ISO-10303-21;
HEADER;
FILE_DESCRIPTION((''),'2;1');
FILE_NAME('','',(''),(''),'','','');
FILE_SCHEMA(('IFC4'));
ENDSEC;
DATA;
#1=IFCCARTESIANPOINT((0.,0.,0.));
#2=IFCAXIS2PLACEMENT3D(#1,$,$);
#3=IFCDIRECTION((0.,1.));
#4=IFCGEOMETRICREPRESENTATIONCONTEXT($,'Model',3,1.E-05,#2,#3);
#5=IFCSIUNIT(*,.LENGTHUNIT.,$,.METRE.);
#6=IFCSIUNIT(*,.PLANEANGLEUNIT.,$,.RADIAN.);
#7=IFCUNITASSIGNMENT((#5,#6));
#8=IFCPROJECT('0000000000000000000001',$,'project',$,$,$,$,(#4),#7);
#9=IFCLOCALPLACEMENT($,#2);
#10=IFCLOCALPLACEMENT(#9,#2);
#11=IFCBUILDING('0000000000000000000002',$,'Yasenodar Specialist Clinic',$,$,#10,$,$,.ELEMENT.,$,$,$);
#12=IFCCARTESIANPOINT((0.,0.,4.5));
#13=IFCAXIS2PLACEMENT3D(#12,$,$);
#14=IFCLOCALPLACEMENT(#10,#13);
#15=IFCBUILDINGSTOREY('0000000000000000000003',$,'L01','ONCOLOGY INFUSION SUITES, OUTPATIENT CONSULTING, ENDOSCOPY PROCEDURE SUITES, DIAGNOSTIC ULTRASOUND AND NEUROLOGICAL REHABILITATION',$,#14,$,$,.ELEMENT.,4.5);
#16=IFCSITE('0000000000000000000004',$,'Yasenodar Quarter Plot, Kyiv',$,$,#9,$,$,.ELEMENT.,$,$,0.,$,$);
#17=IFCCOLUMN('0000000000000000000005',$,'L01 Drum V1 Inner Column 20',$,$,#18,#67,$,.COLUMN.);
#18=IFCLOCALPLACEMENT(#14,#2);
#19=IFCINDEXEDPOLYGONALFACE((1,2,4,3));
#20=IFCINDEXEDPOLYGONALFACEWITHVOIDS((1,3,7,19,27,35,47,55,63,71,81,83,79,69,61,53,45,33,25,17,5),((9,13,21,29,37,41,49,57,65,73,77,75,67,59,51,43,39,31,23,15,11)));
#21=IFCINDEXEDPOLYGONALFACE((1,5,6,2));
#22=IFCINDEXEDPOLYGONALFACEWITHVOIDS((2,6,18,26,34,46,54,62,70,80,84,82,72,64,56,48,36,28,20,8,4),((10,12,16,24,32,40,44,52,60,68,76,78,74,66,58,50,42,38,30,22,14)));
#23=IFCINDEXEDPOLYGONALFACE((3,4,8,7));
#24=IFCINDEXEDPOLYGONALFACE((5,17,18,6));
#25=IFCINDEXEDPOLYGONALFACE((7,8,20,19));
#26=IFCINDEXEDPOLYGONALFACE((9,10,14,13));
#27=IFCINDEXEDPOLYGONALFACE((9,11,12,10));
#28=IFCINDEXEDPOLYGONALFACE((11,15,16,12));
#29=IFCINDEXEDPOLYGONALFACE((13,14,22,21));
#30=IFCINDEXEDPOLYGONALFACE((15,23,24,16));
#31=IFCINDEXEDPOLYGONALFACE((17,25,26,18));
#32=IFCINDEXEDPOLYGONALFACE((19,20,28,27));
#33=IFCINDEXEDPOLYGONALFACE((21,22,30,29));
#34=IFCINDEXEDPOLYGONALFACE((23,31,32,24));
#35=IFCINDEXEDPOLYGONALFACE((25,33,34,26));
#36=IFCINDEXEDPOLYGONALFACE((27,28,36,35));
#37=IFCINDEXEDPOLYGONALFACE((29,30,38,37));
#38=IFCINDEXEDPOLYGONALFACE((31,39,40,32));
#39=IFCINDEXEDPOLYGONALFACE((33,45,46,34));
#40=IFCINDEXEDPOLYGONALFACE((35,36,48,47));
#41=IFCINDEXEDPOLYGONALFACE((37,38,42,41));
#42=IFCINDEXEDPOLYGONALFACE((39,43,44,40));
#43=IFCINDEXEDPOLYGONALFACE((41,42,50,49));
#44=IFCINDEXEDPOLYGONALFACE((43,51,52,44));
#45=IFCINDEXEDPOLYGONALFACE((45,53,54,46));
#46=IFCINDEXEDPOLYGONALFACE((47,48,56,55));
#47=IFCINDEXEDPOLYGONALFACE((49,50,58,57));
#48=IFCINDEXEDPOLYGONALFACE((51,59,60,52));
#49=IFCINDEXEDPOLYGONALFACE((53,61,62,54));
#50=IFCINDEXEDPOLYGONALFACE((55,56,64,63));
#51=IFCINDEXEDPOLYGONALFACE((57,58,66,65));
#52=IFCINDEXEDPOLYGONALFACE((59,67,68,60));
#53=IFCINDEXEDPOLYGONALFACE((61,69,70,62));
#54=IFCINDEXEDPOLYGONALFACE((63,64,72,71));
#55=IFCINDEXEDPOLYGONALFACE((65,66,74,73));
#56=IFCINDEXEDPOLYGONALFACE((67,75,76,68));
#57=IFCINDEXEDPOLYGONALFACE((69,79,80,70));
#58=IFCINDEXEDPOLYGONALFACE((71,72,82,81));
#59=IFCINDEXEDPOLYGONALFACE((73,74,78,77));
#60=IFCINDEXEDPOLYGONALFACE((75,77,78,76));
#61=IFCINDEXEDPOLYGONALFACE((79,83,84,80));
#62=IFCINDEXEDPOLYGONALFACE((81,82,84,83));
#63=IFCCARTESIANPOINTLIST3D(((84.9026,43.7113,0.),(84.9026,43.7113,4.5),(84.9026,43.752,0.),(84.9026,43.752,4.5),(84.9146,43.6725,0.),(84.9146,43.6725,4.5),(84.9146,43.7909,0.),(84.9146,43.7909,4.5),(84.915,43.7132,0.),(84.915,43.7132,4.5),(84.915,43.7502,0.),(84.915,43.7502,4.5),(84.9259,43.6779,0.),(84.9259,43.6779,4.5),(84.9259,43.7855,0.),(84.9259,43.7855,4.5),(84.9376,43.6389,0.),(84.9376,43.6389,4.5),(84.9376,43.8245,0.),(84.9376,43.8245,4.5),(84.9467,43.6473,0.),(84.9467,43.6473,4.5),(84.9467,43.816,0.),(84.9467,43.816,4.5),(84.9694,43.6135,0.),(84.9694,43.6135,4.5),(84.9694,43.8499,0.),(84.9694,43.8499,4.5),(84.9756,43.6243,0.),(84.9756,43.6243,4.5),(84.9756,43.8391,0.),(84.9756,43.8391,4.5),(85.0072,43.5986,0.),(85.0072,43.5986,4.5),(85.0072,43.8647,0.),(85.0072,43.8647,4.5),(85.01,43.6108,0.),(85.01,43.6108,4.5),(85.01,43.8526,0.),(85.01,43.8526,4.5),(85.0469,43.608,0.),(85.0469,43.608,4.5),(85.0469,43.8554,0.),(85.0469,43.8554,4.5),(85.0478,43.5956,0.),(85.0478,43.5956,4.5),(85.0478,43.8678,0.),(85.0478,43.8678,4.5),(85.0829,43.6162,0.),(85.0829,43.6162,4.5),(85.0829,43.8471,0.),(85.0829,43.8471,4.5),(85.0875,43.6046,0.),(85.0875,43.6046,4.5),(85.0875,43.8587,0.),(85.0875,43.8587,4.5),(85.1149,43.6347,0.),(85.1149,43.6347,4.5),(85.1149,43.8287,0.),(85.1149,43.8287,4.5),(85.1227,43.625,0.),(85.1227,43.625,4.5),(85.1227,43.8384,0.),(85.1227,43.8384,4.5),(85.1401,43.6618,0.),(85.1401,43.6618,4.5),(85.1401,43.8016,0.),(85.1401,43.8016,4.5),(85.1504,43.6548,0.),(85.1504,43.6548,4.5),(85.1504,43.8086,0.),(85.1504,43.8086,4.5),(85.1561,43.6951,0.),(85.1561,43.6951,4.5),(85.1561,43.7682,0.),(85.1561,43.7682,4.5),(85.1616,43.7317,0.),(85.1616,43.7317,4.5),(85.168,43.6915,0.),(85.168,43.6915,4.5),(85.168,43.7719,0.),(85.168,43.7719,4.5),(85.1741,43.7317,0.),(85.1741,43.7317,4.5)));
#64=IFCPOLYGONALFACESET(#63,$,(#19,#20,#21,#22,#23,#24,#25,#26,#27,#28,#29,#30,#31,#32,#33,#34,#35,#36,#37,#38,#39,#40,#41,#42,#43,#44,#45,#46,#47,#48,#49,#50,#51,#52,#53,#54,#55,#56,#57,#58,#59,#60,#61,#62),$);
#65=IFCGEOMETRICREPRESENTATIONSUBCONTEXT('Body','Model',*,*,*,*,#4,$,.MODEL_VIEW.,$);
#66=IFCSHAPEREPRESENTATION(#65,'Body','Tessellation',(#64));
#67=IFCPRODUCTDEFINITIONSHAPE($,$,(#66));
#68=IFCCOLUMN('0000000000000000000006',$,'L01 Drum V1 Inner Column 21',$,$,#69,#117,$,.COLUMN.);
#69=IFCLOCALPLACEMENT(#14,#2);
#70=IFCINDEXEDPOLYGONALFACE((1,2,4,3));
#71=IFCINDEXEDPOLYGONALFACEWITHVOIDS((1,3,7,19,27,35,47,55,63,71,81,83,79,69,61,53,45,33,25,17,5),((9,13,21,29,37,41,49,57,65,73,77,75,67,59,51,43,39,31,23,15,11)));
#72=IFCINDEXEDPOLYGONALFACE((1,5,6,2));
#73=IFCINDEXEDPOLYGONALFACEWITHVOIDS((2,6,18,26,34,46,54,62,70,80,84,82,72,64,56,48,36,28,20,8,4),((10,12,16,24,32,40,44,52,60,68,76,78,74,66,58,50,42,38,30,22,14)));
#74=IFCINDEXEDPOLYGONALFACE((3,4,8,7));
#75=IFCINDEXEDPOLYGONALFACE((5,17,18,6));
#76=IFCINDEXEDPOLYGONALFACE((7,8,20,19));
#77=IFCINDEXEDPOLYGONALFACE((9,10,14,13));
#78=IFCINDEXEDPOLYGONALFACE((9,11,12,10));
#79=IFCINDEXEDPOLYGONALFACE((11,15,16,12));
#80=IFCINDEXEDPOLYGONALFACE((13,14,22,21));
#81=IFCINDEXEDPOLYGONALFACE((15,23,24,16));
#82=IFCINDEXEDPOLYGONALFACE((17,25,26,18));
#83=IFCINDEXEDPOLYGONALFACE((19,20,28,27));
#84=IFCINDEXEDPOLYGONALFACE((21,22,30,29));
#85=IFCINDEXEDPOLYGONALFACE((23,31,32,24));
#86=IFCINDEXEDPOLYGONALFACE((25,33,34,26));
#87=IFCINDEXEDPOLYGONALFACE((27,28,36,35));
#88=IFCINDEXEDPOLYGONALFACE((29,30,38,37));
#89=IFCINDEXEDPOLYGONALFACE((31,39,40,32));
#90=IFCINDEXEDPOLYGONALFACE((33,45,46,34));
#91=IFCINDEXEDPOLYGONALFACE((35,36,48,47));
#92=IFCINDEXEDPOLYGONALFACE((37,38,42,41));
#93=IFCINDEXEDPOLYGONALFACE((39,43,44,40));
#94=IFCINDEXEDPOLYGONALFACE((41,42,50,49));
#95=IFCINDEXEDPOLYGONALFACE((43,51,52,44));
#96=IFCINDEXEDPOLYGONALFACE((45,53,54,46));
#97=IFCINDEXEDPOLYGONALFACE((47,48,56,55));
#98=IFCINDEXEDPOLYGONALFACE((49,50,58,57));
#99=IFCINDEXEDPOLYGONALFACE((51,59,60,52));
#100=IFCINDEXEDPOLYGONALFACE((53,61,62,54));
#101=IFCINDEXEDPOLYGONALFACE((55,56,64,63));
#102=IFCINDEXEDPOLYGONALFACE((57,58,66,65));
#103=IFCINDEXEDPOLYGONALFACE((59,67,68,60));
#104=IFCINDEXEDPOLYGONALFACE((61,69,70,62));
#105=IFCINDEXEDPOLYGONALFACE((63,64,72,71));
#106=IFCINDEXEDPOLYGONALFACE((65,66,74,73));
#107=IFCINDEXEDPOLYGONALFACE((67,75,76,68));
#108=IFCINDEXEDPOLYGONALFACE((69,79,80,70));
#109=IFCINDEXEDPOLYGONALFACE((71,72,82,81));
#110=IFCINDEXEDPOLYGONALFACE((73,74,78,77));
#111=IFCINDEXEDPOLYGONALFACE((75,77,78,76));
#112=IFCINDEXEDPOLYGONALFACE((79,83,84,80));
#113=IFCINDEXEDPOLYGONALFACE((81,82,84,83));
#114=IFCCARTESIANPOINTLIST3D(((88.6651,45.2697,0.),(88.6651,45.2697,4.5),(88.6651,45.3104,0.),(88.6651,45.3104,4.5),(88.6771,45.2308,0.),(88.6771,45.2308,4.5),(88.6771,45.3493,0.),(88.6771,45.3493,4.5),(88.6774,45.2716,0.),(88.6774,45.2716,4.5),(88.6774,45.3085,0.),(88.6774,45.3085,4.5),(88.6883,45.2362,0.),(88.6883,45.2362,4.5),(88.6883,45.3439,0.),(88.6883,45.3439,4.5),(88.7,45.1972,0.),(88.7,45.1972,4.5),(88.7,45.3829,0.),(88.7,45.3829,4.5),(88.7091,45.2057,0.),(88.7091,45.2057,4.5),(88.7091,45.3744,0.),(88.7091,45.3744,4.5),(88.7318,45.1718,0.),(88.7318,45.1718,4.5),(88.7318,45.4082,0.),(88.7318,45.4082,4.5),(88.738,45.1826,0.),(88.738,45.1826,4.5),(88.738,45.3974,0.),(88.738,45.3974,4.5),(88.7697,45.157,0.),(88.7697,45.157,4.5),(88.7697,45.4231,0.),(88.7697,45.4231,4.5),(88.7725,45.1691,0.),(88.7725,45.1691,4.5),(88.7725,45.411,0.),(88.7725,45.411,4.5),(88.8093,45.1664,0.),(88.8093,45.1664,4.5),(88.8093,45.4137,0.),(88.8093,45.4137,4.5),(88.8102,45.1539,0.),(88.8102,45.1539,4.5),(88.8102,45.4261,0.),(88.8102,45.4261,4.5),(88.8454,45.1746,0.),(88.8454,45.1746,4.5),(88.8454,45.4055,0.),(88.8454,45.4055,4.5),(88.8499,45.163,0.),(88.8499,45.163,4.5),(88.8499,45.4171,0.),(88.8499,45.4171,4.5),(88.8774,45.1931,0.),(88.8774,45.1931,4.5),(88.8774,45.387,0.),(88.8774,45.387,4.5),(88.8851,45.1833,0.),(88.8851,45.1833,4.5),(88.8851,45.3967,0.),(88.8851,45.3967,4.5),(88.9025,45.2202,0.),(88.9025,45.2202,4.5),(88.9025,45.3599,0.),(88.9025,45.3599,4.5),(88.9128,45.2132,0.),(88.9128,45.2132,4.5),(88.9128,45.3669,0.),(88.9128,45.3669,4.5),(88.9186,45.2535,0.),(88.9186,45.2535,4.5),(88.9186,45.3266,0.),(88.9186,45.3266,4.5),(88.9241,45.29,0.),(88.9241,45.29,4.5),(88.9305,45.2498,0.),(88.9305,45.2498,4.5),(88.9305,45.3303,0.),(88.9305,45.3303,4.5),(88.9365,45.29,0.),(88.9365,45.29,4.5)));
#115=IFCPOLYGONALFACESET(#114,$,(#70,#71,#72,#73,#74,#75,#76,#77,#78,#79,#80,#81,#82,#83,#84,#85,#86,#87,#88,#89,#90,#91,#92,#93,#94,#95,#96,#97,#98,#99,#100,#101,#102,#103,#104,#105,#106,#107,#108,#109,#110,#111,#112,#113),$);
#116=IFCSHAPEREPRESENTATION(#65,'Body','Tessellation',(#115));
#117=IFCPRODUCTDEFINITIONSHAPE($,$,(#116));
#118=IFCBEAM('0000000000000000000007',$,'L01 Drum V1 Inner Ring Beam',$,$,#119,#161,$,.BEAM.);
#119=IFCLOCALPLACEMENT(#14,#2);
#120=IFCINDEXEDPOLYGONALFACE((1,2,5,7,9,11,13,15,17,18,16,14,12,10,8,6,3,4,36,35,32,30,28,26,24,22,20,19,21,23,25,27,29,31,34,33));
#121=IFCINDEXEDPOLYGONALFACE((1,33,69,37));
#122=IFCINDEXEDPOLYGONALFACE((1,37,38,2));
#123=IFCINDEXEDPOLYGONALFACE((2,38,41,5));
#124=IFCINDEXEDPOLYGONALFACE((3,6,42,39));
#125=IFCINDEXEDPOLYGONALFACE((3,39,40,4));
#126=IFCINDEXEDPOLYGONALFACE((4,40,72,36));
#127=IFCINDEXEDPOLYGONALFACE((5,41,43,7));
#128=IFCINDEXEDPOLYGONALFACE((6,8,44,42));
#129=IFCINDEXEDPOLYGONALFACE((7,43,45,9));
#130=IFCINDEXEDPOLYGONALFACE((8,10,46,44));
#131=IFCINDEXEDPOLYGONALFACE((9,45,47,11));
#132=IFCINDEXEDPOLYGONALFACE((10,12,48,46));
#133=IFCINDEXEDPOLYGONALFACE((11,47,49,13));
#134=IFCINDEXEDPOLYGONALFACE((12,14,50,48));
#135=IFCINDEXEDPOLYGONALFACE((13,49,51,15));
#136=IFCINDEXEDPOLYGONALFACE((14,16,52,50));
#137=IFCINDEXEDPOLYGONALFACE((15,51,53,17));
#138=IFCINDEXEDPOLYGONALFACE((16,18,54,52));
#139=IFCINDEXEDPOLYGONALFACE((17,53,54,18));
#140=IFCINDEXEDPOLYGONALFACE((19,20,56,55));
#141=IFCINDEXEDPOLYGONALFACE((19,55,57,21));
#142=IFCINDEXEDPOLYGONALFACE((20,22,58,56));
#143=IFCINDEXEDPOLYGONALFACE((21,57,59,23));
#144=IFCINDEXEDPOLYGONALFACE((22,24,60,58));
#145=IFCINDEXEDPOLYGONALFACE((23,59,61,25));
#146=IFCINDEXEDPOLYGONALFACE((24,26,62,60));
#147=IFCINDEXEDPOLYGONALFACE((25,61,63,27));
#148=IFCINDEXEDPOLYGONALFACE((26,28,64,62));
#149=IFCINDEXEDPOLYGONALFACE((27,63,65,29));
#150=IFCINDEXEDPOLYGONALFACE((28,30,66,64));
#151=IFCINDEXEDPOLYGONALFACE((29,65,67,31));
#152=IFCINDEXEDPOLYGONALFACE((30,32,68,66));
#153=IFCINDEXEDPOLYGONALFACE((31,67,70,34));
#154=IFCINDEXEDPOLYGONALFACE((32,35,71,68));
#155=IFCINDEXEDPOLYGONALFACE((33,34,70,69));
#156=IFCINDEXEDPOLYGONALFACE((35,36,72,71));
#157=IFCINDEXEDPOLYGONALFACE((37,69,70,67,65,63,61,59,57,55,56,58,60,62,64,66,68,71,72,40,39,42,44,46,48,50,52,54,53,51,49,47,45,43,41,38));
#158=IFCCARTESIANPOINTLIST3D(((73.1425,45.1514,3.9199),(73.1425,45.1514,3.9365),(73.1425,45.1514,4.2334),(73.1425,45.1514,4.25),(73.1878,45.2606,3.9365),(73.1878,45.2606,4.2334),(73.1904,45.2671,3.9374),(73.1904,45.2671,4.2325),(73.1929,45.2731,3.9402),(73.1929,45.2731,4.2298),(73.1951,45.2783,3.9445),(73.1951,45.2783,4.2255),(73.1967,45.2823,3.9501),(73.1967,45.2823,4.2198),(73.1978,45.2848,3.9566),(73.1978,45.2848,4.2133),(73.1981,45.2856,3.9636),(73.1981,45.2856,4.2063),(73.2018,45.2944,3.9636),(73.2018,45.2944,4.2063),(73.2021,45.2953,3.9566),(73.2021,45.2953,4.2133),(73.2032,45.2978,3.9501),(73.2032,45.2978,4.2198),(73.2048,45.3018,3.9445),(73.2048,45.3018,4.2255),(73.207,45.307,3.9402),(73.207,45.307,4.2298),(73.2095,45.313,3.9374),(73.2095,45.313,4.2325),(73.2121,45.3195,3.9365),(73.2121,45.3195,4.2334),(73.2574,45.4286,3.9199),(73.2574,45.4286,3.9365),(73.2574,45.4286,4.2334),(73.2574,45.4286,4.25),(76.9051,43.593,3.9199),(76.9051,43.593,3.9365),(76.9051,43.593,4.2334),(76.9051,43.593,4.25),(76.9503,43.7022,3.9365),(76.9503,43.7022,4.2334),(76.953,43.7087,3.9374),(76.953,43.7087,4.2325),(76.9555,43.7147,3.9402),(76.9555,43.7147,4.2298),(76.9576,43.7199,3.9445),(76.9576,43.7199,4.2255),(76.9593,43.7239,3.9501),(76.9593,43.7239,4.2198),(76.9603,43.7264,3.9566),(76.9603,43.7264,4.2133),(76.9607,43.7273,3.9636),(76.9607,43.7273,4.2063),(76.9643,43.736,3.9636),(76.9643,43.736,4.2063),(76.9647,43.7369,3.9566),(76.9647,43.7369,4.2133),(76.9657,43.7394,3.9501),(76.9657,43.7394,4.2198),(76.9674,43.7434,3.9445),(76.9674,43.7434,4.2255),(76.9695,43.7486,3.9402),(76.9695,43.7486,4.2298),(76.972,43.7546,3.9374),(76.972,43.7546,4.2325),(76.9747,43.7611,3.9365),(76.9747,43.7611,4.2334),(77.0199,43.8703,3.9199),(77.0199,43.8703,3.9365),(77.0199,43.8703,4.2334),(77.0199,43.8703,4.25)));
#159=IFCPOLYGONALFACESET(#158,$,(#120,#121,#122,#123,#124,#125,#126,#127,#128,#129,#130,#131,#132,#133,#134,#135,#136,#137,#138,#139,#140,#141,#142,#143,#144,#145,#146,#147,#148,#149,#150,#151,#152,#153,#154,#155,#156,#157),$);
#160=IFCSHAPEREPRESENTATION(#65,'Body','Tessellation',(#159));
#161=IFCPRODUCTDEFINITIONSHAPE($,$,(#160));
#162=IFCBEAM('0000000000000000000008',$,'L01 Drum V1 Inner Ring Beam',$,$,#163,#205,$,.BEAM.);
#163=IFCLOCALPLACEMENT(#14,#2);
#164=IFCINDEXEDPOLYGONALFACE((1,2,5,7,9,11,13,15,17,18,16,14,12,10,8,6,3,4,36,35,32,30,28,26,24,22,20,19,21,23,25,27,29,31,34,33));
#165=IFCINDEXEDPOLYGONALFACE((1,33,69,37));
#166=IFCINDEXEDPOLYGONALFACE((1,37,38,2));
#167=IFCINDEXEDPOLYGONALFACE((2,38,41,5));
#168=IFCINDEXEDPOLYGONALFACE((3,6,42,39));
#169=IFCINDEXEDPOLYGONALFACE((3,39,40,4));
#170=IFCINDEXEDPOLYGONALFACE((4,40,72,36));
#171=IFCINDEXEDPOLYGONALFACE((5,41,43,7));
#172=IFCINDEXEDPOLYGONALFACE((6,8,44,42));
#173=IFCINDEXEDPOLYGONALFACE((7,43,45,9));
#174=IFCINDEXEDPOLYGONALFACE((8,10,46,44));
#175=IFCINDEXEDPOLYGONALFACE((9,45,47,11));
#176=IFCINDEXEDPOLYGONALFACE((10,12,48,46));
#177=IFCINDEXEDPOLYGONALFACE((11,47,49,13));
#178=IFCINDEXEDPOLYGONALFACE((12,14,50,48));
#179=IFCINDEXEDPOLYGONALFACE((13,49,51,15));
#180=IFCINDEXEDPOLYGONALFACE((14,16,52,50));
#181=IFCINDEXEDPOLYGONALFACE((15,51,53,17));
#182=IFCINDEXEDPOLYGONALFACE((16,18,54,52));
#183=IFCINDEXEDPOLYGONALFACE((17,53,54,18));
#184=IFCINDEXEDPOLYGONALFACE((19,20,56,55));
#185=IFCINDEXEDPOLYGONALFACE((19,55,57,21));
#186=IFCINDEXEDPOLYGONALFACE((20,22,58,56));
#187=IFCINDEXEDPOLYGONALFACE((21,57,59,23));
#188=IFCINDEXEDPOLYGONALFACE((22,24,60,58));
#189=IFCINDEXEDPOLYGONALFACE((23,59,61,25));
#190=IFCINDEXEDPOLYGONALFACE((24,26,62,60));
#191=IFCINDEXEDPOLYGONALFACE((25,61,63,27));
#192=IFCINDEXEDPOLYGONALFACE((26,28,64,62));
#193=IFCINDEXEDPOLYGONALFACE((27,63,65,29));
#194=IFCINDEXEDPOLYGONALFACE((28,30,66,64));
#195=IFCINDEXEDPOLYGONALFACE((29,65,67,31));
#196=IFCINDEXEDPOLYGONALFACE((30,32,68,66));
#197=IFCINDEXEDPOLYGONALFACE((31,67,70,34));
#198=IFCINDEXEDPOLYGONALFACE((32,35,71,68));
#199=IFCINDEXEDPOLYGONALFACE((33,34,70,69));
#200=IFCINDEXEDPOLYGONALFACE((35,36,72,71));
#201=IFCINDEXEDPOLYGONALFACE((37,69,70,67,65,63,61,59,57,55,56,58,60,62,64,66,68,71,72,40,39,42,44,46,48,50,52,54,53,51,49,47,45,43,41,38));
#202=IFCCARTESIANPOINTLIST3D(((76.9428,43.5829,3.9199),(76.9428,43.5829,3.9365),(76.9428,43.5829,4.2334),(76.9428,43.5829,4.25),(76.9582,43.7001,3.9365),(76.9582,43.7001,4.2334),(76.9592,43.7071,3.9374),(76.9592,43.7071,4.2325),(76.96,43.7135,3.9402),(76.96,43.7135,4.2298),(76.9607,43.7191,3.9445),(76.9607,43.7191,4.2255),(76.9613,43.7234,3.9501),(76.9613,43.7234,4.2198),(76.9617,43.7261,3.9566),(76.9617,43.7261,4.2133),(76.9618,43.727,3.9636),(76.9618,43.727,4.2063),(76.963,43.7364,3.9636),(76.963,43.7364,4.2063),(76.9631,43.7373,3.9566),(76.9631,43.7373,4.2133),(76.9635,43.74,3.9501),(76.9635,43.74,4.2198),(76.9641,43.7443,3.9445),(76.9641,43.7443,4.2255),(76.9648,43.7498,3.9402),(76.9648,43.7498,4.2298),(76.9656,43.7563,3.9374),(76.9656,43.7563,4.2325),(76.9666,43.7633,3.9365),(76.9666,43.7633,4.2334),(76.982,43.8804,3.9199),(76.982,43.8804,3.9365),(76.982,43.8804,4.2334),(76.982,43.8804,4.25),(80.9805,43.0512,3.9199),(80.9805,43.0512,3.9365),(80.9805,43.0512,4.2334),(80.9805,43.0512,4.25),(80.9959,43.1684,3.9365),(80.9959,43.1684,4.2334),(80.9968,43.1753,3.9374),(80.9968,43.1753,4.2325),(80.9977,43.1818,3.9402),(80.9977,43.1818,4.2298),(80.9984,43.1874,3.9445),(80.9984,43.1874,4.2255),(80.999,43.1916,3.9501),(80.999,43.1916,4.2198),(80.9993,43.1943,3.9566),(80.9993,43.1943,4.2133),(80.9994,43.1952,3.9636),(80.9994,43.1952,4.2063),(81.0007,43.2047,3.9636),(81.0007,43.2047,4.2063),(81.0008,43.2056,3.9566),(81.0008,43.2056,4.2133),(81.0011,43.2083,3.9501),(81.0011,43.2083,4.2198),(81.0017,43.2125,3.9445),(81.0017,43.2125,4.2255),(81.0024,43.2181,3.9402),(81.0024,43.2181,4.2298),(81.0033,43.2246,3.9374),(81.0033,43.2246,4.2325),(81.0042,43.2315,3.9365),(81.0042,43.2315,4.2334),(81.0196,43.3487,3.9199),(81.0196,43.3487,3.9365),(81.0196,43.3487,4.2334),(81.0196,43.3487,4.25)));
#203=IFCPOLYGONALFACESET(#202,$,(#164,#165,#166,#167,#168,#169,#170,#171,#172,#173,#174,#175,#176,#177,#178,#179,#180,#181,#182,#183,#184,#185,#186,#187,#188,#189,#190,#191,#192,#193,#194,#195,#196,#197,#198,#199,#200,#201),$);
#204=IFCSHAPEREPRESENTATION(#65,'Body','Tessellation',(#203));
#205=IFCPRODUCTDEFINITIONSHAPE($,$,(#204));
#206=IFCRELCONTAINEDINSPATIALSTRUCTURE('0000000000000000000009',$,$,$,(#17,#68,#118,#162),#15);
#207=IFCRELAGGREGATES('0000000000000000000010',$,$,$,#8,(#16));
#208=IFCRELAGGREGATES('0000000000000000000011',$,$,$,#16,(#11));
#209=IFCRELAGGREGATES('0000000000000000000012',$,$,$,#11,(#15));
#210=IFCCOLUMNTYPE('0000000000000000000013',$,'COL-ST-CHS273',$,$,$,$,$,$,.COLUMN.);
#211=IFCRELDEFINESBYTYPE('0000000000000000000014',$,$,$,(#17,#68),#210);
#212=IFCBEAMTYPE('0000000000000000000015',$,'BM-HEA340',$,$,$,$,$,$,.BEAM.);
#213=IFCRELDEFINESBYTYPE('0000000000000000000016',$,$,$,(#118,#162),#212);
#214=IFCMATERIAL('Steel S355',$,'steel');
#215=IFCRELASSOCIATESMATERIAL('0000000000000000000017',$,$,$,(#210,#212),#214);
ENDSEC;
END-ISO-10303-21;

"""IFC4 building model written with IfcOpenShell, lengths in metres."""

from ifc_helpers import new_model, si_unit, direction, frame, origin, origin_2d, place, context, subcontext, project, spatial, hollow_circle, i_section, extrude, material, material_profile, profile_set, type_object, element, save


model = new_model("IFC4")

# Units and contexts
model_context = context("Model", 3, precision=1e-05, world=origin(), true_north=direction((0.0, 1.0)))
body_context = subcontext(model_context, "Body", "Model", "MODEL_VIEW")
ifc_project = project(units=[si_unit("LENGTHUNIT", "METRE"), si_unit("PLANEANGLEUNIT", "RADIAN")], contexts=[model_context])

# Site, building, storey
site_placement = place(None, origin())
site = spatial("IfcSite", under=ifc_project, at=site_placement, Name="Yasenodar Quarter Plot, Kyiv", CompositionType="ELEMENT", RefElevation=0.0)
building_placement = place(site_placement, origin())
building = spatial("IfcBuilding", under=site, at=building_placement, Name="Yasenodar Specialist Clinic", CompositionType="ELEMENT")
storey_placement = place(building_placement, frame((0.0, 0.0, 4.5)))
storey = spatial("IfcBuildingStorey", under=building, at=storey_placement, Name="L01", Description="ONCOLOGY INFUSION SUITES, OUTPATIENT CONSULTING, ENDOSCOPY PROCEDURE SUITES, DIAGNOSTIC ULTRASOUND AND NEUROLOGICAL REHABILITATION", CompositionType="ELEMENT", Elevation=4.5)

# Columns
ifc_material_1 = material(Name="Steel S355", Category="steel")
ifc_material_profile_1 = material_profile(ifc_material_1, hollow_circle(Radius=0.1365, WallThickness=0.0125, at=origin_2d()), Name="CHS 273x12.5")
ifc_profile_set_1 = profile_set([ifc_material_profile_1], Name="Steel S355")
column_type = type_object("IfcColumnType", Name="COL-ST-CHS273", PredefinedType="COLUMN", material=ifc_profile_set_1)
for number, where, z_axis, x_axis, name in (
    (1, (85.0376, 43.7317, 0.0), (0.0, 0.0, 1.0), (1.0, 0.0, 0.0), "L01 Drum V1 Inner Column 20"),
    (2, (88.8, 45.29, 0.0), (0.0, 0.0, 1.0), (1.0, 0.0, 0.0), "L01 Drum V1 Inner Column 21"),
):
    element("IfcColumn", number, at=place(storey_placement, frame(where, z_axis=z_axis, x_axis=x_axis)), inside=storey, type_object=column_type, Name=name, PredefinedType="COLUMN", context=body_context, shape_type="SweptSolid", body=[
        extrude(hollow_circle(Radius=0.1365, WallThickness=0.0125, at=origin_2d()), origin(), (0.0, 0.0, 1.0), 4.5),
    ])

# Beams
ifc_material_profile_2 = material_profile(ifc_material_1, i_section(OverallWidth=0.3, OverallDepth=0.3301, WebThickness=0.0095, FlangeThickness=0.0166, FilletRadius=0.0271, at=origin_2d()), Name="HEA 340")
ifc_profile_set_2 = profile_set([ifc_material_profile_2], Name="Steel S355")
beam_type_1 = type_object("IfcBeamType", Name="BM-HEA340", PredefinedType="BEAM", material=ifc_profile_set_2)
for number, where, z_axis, x_axis, name in (
    (3, (73.2, 45.29, 4.085), (0.923889, -0.382661, 0.0), (0.382661, 0.923889, 0.0), "L01 Drum V1 Inner Ring Beam"),
    (4, (76.9624, 43.7317, 4.085), (0.991439, -0.130569, 0.0), (0.130569, 0.991439, 0.0), "L01 Drum V1 Inner Ring Beam"),
):
    element("IfcBeam", number, at=place(storey_placement, frame(where, z_axis=z_axis, x_axis=x_axis)), inside=storey, type_object=beam_type_1, Name=name, PredefinedType="BEAM", context=body_context, shape_type="SweptSolid", body=[
        extrude(i_section(OverallWidth=0.3, OverallDepth=0.3301, WebThickness=0.0095, FlangeThickness=0.0166, FilletRadius=0.0271, at=origin_2d()), origin(), (0.0, 0.0, 1.0), 4.0725),
    ])

save(model, "model.ifc")
